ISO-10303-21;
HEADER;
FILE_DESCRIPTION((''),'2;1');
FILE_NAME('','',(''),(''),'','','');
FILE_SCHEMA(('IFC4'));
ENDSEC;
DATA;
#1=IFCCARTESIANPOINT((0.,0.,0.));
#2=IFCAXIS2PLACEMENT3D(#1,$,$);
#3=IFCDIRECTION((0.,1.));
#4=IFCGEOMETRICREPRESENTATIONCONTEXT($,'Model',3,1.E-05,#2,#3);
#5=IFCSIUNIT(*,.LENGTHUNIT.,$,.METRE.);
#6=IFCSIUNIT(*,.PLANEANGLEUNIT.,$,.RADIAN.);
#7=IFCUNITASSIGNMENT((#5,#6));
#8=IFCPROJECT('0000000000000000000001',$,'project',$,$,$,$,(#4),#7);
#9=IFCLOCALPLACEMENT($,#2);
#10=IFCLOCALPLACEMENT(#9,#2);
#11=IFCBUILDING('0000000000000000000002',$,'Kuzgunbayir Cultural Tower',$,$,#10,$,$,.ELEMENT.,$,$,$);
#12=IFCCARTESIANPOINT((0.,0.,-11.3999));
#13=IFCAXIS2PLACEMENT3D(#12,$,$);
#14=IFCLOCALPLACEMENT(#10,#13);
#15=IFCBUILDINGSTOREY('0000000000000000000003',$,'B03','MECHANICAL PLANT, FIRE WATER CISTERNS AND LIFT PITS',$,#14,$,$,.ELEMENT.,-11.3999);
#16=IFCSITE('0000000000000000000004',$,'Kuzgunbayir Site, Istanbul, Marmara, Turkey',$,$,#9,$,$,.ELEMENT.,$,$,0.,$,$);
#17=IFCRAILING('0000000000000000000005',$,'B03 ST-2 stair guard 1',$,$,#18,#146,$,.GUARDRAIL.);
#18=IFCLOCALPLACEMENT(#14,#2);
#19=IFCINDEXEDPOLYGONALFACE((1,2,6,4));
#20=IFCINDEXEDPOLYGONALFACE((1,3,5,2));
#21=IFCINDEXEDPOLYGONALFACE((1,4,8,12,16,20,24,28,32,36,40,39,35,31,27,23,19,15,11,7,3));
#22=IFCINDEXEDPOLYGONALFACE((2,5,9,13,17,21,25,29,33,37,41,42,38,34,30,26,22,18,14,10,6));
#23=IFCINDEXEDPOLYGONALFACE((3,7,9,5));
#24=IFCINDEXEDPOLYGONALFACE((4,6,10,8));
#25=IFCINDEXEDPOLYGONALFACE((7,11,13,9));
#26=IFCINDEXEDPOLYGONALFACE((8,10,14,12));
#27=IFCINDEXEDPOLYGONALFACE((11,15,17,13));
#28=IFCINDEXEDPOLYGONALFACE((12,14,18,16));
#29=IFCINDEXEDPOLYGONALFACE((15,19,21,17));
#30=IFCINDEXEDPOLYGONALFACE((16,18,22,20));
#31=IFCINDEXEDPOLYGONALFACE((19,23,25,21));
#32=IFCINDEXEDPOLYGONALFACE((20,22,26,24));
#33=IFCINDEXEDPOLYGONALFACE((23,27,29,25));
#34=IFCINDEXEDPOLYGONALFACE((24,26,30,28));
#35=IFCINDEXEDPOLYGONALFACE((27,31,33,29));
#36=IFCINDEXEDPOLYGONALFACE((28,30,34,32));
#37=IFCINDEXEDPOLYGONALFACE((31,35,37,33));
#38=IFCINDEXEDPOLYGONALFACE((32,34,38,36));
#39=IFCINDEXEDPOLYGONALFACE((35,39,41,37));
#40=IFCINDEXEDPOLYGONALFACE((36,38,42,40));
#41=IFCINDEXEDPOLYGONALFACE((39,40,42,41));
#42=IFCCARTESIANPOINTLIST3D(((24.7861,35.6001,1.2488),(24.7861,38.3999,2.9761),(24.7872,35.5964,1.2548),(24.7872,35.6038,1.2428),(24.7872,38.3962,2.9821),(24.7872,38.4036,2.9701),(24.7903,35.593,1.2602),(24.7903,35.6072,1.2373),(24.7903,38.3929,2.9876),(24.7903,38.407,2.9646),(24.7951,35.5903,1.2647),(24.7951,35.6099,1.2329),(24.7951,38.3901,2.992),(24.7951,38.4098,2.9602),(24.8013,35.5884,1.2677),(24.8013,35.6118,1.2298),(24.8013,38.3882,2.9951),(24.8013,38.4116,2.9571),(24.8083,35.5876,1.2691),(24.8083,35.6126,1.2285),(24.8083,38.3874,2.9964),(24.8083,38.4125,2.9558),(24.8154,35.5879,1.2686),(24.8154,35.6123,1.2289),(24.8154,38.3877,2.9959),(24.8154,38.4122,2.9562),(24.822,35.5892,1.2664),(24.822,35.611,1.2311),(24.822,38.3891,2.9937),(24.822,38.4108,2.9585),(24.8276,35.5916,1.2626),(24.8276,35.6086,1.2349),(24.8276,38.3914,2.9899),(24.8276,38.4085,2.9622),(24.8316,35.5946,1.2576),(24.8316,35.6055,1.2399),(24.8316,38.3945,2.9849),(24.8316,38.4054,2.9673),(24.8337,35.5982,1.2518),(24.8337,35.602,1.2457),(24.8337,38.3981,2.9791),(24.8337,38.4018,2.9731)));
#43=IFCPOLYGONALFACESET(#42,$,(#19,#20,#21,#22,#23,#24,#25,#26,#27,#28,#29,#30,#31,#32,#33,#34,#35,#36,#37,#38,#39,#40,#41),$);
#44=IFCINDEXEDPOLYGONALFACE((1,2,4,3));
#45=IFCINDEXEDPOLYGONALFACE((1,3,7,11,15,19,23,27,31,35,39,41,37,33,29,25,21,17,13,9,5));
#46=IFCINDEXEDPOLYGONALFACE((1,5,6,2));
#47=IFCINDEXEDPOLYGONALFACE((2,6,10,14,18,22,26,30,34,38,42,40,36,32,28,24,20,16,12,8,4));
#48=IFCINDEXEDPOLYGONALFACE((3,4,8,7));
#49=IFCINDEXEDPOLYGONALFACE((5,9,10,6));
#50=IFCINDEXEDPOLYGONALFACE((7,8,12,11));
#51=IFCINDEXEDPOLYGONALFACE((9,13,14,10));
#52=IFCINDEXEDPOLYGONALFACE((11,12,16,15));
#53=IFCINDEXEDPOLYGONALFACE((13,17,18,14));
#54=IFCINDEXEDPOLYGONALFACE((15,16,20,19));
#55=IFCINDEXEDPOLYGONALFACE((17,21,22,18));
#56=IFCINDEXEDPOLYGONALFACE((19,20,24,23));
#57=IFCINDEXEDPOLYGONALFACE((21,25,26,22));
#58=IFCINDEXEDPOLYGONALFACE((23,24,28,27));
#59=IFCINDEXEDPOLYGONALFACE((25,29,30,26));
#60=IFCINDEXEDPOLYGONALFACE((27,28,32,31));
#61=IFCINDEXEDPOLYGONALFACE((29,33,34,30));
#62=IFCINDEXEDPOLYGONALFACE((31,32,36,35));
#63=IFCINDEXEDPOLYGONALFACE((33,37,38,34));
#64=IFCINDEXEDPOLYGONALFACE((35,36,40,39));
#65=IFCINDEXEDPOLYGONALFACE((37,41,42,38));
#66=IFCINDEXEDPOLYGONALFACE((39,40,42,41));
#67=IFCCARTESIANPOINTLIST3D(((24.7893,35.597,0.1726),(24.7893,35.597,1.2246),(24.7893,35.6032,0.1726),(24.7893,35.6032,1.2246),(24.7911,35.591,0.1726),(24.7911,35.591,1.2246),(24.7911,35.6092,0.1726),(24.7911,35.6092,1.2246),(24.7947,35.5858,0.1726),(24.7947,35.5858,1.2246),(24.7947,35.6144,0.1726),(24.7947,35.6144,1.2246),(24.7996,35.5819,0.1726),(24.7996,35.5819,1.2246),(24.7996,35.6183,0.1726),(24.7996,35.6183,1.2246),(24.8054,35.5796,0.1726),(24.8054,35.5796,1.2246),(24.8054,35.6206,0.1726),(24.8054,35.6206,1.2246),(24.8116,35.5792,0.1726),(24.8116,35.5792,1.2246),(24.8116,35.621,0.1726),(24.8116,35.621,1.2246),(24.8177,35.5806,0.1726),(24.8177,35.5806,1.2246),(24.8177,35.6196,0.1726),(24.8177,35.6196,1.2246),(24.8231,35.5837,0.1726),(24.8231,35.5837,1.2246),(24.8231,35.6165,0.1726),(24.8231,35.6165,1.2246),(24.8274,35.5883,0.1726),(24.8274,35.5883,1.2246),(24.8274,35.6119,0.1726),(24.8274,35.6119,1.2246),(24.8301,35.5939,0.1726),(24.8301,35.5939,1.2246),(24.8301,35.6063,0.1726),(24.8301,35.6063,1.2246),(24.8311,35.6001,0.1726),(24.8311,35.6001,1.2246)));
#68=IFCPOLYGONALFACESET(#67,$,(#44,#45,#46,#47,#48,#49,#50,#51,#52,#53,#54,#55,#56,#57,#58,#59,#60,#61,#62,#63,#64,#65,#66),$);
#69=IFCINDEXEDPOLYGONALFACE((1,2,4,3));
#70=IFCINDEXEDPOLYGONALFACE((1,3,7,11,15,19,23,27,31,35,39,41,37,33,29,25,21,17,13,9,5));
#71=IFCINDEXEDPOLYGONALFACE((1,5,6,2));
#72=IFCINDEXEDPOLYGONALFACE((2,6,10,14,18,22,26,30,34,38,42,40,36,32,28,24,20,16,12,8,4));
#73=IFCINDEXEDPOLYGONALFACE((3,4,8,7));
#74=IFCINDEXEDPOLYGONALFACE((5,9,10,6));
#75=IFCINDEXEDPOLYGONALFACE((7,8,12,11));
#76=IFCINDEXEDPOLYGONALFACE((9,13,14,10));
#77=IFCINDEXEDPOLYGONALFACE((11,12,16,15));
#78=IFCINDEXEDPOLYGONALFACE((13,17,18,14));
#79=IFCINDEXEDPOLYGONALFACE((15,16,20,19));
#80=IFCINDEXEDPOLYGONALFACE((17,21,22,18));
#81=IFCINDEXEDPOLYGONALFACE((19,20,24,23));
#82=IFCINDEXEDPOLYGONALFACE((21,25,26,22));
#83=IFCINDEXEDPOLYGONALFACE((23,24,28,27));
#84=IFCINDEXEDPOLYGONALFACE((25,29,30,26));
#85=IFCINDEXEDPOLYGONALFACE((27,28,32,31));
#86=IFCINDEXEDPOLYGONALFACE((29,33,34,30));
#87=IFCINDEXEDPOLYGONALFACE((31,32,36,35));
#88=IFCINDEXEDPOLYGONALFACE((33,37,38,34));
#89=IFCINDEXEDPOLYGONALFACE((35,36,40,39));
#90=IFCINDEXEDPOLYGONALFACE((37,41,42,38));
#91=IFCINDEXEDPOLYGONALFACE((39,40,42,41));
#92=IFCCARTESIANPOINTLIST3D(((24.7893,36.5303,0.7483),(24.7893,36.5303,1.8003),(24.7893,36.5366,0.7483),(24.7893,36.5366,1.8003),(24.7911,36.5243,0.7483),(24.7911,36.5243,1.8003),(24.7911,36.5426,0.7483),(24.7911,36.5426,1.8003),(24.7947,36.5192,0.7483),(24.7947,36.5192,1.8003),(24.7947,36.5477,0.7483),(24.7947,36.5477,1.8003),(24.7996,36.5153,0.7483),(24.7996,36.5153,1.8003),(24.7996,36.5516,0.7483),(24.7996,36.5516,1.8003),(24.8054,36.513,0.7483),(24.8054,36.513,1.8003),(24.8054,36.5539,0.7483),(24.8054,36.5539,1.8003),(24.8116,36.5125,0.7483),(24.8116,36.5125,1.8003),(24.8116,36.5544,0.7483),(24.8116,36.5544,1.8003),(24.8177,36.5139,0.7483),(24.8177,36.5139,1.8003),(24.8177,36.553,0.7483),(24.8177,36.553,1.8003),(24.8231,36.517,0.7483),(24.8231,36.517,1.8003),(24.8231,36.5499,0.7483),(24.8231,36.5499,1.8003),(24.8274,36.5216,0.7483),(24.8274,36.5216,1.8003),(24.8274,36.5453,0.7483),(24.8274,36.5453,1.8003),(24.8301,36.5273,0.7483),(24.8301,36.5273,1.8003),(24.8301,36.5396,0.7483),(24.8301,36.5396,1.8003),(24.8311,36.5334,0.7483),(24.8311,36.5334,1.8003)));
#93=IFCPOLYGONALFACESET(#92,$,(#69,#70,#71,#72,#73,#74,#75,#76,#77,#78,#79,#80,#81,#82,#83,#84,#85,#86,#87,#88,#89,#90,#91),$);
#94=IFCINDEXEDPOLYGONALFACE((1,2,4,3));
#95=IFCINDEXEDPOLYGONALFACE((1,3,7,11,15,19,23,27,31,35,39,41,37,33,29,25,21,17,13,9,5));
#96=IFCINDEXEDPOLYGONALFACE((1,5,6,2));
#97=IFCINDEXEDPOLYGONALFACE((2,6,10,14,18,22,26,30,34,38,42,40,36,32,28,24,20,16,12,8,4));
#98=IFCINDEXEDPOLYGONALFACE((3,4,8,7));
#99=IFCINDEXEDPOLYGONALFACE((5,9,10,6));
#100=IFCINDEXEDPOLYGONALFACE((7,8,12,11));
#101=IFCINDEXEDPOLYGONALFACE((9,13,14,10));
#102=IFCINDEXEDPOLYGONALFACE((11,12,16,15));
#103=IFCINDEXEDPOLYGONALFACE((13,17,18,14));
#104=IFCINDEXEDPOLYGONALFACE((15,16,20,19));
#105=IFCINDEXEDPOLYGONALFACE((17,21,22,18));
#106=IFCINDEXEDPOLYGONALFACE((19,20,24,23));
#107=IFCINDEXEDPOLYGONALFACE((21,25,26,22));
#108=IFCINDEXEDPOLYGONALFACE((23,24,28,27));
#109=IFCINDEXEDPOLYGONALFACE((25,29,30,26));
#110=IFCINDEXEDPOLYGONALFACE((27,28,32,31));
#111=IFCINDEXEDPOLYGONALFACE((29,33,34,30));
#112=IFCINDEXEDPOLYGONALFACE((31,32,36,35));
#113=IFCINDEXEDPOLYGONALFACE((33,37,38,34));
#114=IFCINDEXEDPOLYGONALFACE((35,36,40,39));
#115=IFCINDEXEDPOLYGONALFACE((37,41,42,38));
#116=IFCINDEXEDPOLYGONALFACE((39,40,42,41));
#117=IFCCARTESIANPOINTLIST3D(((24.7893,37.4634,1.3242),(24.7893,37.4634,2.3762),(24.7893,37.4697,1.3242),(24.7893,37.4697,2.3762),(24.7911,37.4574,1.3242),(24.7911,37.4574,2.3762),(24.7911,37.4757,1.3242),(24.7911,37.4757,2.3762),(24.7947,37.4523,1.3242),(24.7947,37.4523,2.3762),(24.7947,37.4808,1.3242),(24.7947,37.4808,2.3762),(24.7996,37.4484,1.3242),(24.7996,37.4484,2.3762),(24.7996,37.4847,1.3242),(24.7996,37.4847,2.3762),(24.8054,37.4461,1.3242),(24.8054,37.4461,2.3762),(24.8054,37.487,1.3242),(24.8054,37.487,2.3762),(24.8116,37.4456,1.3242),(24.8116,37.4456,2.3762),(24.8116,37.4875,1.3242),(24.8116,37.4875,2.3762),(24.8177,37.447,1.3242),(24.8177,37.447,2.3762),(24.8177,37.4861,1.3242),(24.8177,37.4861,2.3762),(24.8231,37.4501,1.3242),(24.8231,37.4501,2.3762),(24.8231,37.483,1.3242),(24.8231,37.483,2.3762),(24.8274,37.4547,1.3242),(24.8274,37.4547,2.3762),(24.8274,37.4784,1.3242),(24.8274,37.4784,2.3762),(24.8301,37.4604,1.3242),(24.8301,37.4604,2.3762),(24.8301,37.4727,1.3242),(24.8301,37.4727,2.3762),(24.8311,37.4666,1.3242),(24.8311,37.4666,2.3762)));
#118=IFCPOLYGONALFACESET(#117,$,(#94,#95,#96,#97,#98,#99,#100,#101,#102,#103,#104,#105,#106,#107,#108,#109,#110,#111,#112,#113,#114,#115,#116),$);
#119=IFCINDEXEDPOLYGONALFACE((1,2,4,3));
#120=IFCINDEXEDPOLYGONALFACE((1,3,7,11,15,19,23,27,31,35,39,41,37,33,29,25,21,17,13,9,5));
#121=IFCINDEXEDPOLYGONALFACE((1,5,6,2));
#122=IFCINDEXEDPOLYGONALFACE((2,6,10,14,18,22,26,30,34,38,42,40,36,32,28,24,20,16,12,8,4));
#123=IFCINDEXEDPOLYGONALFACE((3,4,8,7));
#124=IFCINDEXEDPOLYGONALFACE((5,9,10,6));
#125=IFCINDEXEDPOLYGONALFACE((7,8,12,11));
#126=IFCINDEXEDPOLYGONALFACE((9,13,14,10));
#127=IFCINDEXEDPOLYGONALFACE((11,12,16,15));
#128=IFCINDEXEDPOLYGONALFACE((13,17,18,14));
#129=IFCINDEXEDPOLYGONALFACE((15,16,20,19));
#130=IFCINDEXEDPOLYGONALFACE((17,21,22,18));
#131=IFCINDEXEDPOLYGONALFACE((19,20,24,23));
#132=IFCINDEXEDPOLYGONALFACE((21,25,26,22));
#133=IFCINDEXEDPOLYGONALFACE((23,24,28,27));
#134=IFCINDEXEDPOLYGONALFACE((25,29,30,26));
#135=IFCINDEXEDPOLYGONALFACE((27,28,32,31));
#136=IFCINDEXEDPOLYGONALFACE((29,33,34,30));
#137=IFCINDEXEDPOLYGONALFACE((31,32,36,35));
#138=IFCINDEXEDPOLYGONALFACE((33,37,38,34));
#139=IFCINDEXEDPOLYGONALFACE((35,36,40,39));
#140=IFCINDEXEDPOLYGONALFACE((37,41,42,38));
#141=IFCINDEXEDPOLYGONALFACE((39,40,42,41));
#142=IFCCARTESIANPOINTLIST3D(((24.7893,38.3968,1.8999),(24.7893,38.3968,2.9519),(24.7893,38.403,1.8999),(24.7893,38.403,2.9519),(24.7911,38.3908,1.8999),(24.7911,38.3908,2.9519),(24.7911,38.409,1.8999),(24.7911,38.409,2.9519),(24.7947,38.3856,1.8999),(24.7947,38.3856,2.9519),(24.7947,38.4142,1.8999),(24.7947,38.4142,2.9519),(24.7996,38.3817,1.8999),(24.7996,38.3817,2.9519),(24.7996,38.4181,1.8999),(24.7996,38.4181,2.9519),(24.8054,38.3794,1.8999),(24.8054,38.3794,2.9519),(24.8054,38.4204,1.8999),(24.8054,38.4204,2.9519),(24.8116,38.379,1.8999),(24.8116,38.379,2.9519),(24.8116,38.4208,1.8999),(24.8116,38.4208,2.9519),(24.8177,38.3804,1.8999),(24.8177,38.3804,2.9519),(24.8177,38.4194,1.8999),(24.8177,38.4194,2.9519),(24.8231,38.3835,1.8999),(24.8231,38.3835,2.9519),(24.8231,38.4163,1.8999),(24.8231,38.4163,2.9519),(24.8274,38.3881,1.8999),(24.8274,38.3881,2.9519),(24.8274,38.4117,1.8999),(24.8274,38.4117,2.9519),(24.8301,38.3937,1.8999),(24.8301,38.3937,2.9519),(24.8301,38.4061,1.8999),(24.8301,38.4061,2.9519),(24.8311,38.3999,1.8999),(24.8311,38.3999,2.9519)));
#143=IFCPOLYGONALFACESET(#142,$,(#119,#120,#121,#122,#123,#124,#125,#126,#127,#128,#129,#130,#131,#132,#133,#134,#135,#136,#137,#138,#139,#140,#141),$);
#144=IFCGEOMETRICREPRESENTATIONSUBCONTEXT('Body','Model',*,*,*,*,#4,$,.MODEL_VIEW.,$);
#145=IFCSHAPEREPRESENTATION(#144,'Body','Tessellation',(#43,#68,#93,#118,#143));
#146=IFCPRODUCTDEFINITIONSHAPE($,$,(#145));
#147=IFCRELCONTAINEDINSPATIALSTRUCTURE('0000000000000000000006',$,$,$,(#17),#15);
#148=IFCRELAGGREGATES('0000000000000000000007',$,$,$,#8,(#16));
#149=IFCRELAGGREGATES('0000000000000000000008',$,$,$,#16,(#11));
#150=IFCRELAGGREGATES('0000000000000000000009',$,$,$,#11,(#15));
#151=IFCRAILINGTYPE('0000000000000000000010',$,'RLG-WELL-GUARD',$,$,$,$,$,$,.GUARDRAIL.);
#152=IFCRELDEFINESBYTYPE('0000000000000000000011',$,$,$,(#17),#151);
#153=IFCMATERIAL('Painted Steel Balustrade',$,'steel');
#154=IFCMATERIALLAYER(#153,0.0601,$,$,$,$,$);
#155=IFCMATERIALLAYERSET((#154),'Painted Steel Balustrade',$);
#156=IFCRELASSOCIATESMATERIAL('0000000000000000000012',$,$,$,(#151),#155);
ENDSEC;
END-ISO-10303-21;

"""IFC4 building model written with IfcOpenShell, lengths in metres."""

from ifc_helpers import new_model, si_unit, direction, frame, origin, origin_2d, place, context, subcontext, project, spatial, circle, extrude, material, layer, layer_set, type_object, element, save


model = new_model("IFC4")

# Units and contexts
model_context = context("Model", 3, precision=1e-05, world=origin(), true_north=direction((0.0, 1.0)))
body_context = subcontext(model_context, "Body", "Model", "MODEL_VIEW")
ifc_project = project(units=[si_unit("LENGTHUNIT", "METRE"), si_unit("PLANEANGLEUNIT", "RADIAN")], contexts=[model_context])

# Site, building, storey
site_placement = place(None, origin())
site = spatial("IfcSite", under=ifc_project, at=site_placement, Name="Kuzgunbayir Site, Istanbul, Marmara, Turkey", CompositionType="ELEMENT", RefElevation=0.0)
building_placement = place(site_placement, origin())
building = spatial("IfcBuilding", under=site, at=building_placement, Name="Kuzgunbayir Cultural Tower", CompositionType="ELEMENT")
storey_placement = place(building_placement, frame((0.0, 0.0, -11.3999)))
storey = spatial("IfcBuildingStorey", under=building, at=storey_placement, Name="B03", Description="MECHANICAL PLANT, FIRE WATER CISTERNS AND LIFT PITS", CompositionType="ELEMENT", Elevation=-11.3999)

# Railing
ifc_material_1 = material(Name="Painted Steel Balustrade", Category="steel")
ifc_layer_1 = layer(ifc_material_1, 0.0601)
ifc_layer_set_1 = layer_set([ifc_layer_1], Name="Painted Steel Balustrade")
railing_type_1 = type_object("IfcRailingType", Name="RLG-WELL-GUARD", PredefinedType="GUARDRAIL", material=ifc_layer_set_1)
railing_1_placement = place(storey_placement, frame((24.8101, 35.6001, 0.1726)))
element("IfcRailing", 1, at=railing_1_placement, inside=storey, type_object=railing_type_1, Name="B03 ST-2 stair guard 1", PredefinedType="GUARDRAIL", context=body_context, shape_type="SweptSolid", body=[
    extrude(circle(Radius=0.0239, at=origin_2d()), frame((0.0, 0.0, 1.0762), z_axis=(0.0, 0.851069, 0.525054), x_axis=(-1.0, 0.0, 0.0)), (0.0, 0.0, 1.0), 3.2898),
    extrude(circle(Radius=0.021, at=origin_2d()), origin(), (0.0, 0.0, 1.0), 1.052),
    extrude(circle(Radius=0.021, at=origin_2d()), frame((0.0, 0.9333, 0.5757)), (0.0, 0.0, 1.0), 1.052),
    extrude(circle(Radius=0.021, at=origin_2d()), frame((0.0, 1.8665, 1.1516)), (0.0, 0.0, 1.0), 1.052),
    extrude(circle(Radius=0.021, at=origin_2d()), frame((0.0, 2.7998, 1.7273)), (0.0, 0.0, 1.0), 1.052),
])

save(model, "model.ifc")
